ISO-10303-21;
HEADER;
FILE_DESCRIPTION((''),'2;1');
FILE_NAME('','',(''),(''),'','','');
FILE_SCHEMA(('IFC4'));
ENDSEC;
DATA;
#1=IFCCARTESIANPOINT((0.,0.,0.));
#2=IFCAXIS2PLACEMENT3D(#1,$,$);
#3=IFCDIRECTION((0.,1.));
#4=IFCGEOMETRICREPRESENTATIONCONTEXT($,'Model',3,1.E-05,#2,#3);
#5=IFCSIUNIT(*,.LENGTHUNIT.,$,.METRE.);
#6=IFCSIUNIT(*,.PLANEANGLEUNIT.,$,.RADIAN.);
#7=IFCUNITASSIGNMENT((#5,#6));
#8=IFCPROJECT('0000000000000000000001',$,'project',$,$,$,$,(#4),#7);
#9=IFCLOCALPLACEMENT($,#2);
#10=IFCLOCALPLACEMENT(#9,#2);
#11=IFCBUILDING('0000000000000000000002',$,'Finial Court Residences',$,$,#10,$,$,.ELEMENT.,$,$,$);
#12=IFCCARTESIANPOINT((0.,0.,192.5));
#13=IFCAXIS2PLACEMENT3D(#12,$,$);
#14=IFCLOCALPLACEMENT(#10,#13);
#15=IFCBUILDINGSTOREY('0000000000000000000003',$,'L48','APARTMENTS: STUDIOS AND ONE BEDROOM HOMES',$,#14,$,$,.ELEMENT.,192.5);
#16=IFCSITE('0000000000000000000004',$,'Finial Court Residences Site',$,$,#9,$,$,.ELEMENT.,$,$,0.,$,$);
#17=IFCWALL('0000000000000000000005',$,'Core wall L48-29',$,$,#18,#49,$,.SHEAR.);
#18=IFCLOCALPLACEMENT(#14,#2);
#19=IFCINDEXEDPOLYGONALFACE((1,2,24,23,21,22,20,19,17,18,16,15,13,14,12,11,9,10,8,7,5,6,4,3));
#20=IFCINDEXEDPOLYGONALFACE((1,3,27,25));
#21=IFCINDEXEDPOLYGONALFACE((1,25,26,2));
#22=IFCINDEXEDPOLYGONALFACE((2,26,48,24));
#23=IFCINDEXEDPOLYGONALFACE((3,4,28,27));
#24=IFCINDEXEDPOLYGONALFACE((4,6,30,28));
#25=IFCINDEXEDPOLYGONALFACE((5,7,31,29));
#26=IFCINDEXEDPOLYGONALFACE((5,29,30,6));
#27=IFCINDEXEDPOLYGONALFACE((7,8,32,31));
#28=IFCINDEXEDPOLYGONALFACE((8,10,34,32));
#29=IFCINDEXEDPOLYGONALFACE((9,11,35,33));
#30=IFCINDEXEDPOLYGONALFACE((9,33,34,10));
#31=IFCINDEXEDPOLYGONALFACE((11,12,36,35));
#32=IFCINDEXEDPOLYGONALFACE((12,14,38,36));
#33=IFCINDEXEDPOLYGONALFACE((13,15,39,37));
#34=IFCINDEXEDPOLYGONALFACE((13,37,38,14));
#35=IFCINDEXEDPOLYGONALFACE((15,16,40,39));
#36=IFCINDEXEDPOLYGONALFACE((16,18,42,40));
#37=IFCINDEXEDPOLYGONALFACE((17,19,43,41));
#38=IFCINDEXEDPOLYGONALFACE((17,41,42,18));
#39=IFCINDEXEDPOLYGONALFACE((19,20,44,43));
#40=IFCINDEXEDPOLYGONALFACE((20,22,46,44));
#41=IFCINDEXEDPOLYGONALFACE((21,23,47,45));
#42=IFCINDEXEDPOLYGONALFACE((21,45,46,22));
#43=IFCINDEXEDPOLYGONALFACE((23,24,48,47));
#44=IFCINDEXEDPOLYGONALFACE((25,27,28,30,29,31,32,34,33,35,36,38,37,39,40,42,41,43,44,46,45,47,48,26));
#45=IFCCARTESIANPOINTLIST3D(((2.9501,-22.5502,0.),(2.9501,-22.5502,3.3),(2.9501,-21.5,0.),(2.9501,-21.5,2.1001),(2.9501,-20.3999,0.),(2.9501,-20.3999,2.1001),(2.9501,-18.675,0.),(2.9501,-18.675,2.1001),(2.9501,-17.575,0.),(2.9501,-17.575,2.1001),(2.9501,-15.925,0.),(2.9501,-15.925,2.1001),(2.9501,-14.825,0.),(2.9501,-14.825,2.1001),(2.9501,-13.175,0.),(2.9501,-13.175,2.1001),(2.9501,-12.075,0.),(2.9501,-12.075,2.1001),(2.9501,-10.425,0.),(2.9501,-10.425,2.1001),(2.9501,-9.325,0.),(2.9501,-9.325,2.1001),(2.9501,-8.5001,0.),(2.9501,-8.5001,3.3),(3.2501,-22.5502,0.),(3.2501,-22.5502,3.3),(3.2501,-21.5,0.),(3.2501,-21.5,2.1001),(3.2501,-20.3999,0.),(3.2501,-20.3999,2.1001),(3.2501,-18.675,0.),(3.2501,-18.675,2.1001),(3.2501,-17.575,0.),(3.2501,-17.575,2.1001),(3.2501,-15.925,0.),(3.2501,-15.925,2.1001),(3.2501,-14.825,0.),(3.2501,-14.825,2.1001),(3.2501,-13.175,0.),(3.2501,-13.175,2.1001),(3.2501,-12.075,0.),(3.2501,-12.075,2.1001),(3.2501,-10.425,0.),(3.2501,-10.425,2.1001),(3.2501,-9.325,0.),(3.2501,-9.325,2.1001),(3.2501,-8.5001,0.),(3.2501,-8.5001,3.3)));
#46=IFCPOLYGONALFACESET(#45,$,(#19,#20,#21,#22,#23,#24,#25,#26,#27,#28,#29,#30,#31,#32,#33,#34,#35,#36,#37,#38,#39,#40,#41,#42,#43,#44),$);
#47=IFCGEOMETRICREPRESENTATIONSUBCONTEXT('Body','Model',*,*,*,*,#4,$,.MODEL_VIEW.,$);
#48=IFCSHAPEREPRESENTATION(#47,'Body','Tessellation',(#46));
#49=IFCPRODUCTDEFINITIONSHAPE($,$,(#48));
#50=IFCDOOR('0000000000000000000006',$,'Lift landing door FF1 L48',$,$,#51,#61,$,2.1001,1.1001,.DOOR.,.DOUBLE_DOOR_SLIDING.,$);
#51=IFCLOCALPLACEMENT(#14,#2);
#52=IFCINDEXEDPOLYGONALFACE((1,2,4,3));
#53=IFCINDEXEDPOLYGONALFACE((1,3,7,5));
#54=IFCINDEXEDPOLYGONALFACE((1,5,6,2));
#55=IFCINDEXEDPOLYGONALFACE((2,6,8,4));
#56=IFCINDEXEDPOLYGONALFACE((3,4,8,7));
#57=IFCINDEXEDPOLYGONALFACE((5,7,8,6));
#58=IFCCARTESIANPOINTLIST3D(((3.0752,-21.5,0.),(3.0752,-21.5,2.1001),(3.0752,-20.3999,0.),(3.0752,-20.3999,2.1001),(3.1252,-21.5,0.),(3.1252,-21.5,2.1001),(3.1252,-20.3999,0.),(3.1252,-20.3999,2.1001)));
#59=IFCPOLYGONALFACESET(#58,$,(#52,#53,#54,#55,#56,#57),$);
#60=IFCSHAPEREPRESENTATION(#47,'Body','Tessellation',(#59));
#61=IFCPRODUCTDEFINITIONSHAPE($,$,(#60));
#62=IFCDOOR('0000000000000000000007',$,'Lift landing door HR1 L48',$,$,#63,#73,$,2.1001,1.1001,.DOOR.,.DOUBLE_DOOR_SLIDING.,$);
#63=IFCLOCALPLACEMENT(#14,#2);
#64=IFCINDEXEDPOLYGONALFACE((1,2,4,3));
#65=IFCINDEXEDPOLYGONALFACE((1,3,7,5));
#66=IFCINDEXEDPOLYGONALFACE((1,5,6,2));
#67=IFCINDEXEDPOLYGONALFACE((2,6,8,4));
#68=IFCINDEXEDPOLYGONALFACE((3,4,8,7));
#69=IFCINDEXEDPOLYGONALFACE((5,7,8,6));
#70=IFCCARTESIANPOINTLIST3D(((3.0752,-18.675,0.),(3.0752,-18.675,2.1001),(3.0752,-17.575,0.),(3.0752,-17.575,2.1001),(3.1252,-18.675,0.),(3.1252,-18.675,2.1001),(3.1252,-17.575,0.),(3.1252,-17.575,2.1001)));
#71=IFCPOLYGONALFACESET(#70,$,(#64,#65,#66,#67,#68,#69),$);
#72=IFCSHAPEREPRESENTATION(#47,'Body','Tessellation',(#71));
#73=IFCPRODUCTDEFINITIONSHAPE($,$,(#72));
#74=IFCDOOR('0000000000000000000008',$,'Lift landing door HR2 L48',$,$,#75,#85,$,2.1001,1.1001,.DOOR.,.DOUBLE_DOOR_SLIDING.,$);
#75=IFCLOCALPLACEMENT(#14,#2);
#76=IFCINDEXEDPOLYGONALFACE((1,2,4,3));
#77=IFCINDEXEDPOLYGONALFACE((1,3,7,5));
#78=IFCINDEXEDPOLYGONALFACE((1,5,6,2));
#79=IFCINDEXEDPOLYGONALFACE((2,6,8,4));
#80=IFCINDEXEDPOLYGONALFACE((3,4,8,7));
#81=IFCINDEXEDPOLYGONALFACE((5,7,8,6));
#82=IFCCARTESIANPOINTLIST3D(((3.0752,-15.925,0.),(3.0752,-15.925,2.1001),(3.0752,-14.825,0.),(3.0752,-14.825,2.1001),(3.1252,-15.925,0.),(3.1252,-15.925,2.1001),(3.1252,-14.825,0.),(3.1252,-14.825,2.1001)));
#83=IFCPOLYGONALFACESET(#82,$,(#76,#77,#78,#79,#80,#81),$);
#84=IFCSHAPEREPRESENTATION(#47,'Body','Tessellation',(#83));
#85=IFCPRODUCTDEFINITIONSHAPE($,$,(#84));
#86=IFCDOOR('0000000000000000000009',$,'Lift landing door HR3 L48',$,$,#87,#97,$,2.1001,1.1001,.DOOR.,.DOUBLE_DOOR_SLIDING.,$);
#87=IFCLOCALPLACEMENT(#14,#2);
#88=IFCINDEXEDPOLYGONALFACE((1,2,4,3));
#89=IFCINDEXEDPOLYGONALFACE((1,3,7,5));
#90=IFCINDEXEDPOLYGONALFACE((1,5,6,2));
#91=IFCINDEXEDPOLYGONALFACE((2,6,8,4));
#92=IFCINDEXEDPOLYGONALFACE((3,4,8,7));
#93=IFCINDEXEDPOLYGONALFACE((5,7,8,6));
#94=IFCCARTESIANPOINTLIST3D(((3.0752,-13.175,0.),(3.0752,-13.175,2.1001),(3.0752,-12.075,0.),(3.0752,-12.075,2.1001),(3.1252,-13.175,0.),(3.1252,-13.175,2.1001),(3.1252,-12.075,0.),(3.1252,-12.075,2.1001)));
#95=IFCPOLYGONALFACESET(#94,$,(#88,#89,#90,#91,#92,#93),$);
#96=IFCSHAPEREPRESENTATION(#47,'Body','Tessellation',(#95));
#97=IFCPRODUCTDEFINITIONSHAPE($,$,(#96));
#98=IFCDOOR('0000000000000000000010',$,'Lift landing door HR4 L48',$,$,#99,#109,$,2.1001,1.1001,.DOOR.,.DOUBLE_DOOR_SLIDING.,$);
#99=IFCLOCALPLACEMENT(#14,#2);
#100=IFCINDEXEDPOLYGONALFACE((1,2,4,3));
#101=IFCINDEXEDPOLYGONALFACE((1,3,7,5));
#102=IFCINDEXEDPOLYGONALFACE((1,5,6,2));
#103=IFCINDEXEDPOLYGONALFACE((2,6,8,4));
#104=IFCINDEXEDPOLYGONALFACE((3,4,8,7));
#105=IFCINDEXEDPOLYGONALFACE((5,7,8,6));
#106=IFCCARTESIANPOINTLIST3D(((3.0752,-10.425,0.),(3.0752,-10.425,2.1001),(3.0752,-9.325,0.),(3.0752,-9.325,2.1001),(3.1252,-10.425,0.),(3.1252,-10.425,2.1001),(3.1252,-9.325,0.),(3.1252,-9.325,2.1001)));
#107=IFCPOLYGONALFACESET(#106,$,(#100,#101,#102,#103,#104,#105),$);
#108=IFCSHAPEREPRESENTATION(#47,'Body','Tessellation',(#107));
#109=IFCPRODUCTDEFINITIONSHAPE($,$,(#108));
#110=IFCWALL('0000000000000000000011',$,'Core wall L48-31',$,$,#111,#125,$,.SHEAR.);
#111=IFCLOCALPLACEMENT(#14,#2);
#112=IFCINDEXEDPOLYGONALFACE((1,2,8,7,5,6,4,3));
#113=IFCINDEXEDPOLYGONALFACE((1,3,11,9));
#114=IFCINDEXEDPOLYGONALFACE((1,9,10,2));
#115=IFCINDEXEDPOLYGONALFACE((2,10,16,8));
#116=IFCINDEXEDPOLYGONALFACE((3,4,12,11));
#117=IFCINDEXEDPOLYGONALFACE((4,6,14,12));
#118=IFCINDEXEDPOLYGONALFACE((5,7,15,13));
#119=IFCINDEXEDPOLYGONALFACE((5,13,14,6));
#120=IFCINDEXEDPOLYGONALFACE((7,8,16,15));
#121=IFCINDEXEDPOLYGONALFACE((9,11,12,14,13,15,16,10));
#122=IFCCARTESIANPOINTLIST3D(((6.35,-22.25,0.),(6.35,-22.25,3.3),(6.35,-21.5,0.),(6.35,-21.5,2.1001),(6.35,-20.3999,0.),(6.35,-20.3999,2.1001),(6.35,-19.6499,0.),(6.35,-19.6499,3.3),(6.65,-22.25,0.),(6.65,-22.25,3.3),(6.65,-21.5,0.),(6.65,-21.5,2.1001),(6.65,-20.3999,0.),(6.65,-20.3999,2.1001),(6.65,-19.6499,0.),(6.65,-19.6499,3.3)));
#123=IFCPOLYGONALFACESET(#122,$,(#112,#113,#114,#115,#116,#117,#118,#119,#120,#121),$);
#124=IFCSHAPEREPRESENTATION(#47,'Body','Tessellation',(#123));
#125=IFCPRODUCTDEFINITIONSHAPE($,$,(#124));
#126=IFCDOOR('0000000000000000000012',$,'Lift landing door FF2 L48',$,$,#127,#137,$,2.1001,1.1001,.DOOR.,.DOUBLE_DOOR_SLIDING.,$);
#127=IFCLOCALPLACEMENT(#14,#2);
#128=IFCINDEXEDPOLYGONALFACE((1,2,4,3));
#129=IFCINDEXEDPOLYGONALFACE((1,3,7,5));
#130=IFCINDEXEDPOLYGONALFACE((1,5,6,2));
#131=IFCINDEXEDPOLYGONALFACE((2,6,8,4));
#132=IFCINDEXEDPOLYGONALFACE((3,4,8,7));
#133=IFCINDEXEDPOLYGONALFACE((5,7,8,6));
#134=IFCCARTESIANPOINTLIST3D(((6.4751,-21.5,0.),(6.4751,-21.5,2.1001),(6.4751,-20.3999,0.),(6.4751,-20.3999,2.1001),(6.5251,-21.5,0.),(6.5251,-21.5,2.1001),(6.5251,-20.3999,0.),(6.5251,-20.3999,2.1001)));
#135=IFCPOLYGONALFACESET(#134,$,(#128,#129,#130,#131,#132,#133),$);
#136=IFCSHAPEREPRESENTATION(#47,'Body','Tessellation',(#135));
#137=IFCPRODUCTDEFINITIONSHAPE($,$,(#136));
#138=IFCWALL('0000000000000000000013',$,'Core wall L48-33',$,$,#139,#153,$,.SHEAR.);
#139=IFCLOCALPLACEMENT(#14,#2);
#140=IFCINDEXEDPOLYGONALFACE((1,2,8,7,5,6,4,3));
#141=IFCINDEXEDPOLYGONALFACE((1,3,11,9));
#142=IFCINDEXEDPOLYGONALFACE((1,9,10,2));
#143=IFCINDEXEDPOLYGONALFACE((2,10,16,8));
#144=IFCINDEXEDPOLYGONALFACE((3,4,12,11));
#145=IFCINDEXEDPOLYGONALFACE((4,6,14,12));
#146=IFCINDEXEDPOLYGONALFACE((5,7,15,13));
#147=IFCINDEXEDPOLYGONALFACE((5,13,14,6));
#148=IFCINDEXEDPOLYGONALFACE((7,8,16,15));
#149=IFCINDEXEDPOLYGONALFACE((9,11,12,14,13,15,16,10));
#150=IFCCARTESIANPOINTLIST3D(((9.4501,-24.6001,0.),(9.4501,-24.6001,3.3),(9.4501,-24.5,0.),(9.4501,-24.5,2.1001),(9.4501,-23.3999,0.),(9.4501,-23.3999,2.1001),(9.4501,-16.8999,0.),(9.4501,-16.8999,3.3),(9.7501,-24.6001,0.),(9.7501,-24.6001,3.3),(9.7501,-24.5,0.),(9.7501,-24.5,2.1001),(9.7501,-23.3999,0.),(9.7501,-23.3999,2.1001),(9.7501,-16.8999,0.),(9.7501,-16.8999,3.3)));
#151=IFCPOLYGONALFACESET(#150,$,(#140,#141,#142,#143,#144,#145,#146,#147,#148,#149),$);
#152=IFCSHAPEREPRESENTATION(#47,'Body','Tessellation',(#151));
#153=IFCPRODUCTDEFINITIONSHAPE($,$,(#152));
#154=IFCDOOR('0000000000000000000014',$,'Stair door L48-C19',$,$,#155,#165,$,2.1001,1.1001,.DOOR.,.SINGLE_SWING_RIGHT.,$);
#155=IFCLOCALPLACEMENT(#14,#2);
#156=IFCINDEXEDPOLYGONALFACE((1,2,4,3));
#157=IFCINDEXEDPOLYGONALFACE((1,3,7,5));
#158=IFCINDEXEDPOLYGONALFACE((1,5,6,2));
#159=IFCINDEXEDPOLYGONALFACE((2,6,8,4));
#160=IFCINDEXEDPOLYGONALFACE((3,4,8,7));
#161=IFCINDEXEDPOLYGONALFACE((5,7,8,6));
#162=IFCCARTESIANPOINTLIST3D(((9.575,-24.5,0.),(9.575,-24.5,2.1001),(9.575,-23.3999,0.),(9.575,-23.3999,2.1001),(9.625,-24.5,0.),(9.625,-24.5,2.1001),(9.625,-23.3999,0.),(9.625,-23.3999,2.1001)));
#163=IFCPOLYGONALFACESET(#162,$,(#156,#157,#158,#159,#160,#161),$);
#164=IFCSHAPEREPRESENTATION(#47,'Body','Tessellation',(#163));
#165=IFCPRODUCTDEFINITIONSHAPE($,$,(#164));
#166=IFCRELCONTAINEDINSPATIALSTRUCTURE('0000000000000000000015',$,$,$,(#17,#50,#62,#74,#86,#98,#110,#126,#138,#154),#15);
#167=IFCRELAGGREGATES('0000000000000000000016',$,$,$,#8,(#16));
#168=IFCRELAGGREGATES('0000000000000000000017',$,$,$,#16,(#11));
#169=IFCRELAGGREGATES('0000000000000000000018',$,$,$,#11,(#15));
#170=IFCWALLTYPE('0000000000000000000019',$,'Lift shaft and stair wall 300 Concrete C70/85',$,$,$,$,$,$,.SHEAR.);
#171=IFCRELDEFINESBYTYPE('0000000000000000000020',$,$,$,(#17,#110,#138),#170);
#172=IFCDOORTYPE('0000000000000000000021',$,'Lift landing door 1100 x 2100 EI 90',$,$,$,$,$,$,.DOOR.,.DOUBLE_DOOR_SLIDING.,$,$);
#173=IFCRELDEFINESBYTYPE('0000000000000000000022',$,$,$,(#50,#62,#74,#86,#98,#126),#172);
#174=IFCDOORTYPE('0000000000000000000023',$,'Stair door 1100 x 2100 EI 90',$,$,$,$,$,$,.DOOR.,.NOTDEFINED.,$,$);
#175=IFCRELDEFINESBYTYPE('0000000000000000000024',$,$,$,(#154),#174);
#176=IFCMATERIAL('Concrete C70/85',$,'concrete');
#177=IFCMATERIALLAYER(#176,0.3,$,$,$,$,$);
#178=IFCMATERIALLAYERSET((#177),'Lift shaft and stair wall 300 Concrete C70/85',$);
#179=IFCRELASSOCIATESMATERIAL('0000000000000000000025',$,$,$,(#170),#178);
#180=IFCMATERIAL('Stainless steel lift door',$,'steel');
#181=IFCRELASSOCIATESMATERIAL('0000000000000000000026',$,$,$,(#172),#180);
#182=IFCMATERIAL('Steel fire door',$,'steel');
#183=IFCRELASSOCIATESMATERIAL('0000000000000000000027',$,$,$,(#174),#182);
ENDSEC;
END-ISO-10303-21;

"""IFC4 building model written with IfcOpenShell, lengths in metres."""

from ifc_helpers import new_model, si_unit, direction, frame, frame_2d, origin, place, context, subcontext, project, spatial, rectangle, extrude, material, layer, layer_set, type_object, element, fill, save


model = new_model("IFC4")

# Units and contexts
model_context = context("Model", 3, precision=1e-05, world=origin(), true_north=direction((0.0, 1.0)))
body_context = subcontext(model_context, "Body", "Model", "MODEL_VIEW")
ifc_project = project(units=[si_unit("LENGTHUNIT", "METRE"), si_unit("PLANEANGLEUNIT", "RADIAN")], contexts=[model_context])

# Site, building, storey
site_placement = place(None, origin())
site = spatial("IfcSite", under=ifc_project, at=site_placement, Name="Finial Court Residences Site", CompositionType="ELEMENT", RefElevation=0.0)
building_placement = place(site_placement, origin())
building = spatial("IfcBuilding", under=site, at=building_placement, Name="Finial Court Residences", CompositionType="ELEMENT")
storey_placement = place(building_placement, frame((0.0, 0.0, 192.5)))
storey = spatial("IfcBuildingStorey", under=building, at=storey_placement, Name="L48", Description="APARTMENTS: STUDIOS AND ONE BEDROOM HOMES", CompositionType="ELEMENT", Elevation=192.5)

# Shared definitions
ifc_material_1 = material(Name="Steel fire door", Category="steel")

# Shared definitions
ifc_material_2 = material(Name="Concrete C70/85", Category="concrete")
ifc_layer_1 = layer(ifc_material_2, 0.3)
ifc_layer_set_1 = layer_set([ifc_layer_1], Name="Lift shaft and stair wall 300 Concrete C70/85")
wall_type_1 = type_object("IfcWallType", Name="Lift shaft and stair wall 300 Concrete C70/85", PredefinedType="SHEAR", material=ifc_layer_set_1)

# Wall, openings, doors
wall_1_placement = place(storey_placement, frame((3.1001, -22.55, 0.0), z_axis=(0.0, 0.0, 1.0), x_axis=(0.0, 1.0, 0.0)))
wall_1 = element("IfcWall", 1, at=wall_1_placement, inside=storey, type_object=wall_type_1, Name="Core wall L48-29", PredefinedType="SHEAR", context=body_context, shape_type="SweptSolid", body=[
    extrude(rectangle(XDim=14.05, YDim=0.3, at=frame_2d((7.0249, 0.0))), origin(), (0.0, 0.0, 1.0), 3.3),
])
opening_1_placement = place(wall_1_placement, frame((1.05, 0.0, 0.0)))
opening_1 = element("IfcOpeningElement", 2, at=opening_1_placement, cuts=wall_1, PredefinedType="OPENING", context=body_context, shape_type="SweptSolid", body=[
    extrude(rectangle(XDim=1.1001, YDim=2.1001, at=frame_2d((0.55, 1.05))), frame((0.0, 0.1599, 0.0), z_axis=(0.0, -1.0, 0.0), x_axis=(1.0, 0.0, 0.0)), (0.0, 0.0, 1.0), 0.3201),
])
opening_2_placement = place(wall_1_placement, frame((3.875, 0.0, 0.0)))
opening_2 = element("IfcOpeningElement", 3, at=opening_2_placement, cuts=wall_1, PredefinedType="OPENING", context=body_context, shape_type="SweptSolid", body=[
    extrude(rectangle(XDim=1.1001, YDim=2.1001, at=frame_2d((0.55, 1.05))), frame((0.0, 0.1599, 0.0), z_axis=(0.0, -1.0, 0.0), x_axis=(1.0, 0.0, 0.0)), (0.0, 0.0, 1.0), 0.3201),
])
opening_3_placement = place(wall_1_placement, frame((6.625, 0.0, 0.0)))
opening_3 = element("IfcOpeningElement", 4, at=opening_3_placement, cuts=wall_1, PredefinedType="OPENING", context=body_context, shape_type="SweptSolid", body=[
    extrude(rectangle(XDim=1.1001, YDim=2.1001, at=frame_2d((0.55, 1.05))), frame((0.0, 0.1599, 0.0), z_axis=(0.0, -1.0, 0.0), x_axis=(1.0, 0.0, 0.0)), (0.0, 0.0, 1.0), 0.3201),
])
opening_4_placement = place(wall_1_placement, frame((9.375, 0.0, 0.0)))
opening_4 = element("IfcOpeningElement", 5, at=opening_4_placement, cuts=wall_1, PredefinedType="OPENING", context=body_context, shape_type="SweptSolid", body=[
    extrude(rectangle(XDim=1.1001, YDim=2.1001, at=frame_2d((0.55, 1.05))), frame((0.0, 0.1599, 0.0), z_axis=(0.0, -1.0, 0.0), x_axis=(1.0, 0.0, 0.0)), (0.0, 0.0, 1.0), 0.3201),
])
opening_5_placement = place(wall_1_placement, frame((12.125, 0.0, 0.0)))
opening_5 = element("IfcOpeningElement", 6, at=opening_5_placement, cuts=wall_1, PredefinedType="OPENING", context=body_context, shape_type="SweptSolid", body=[
    extrude(rectangle(XDim=1.1001, YDim=2.1001, at=frame_2d((0.55, 1.05))), frame((0.0, 0.1599, 0.0), z_axis=(0.0, -1.0, 0.0), x_axis=(1.0, 0.0, 0.0)), (0.0, 0.0, 1.0), 0.3201),
])
ifc_material_3 = material(Name="Stainless steel lift door", Category="steel")
door_type_1 = type_object("IfcDoorType", Name="Lift landing door 1100 x 2100 EI 90", OperationType="DOUBLE_DOOR_SLIDING", PredefinedType="DOOR", material=ifc_material_3)
door_1_placement = place(opening_1_placement, origin())
door_1 = element("IfcDoor", 7, at=door_1_placement, inside=storey, type_object=door_type_1, Name="Lift landing door FF1 L48", OperationType="DOUBLE_DOOR_SLIDING", OverallHeight=2.1001, OverallWidth=1.1001, PredefinedType="DOOR", context=body_context, shape_type="SweptSolid", body=[
    extrude(rectangle(XDim=1.1001, YDim=2.1001, at=frame_2d((0.55, 1.05))), frame((0.0, 0.0249, 0.0), z_axis=(0.0, -1.0, 0.0), x_axis=(1.0, 0.0, 0.0)), (0.0, 0.0, 1.0), 0.05),
])
fill(opening_1, door_1)
door_2_placement = place(opening_2_placement, origin())
door_2 = element("IfcDoor", 8, at=door_2_placement, inside=storey, type_object=door_type_1, Name="Lift landing door HR1 L48", OperationType="DOUBLE_DOOR_SLIDING", OverallHeight=2.1001, OverallWidth=1.1001, PredefinedType="DOOR", context=body_context, shape_type="SweptSolid", body=[
    extrude(rectangle(XDim=1.1001, YDim=2.1001, at=frame_2d((0.55, 1.05))), frame((0.0, 0.0249, 0.0), z_axis=(0.0, -1.0, 0.0), x_axis=(1.0, 0.0, 0.0)), (0.0, 0.0, 1.0), 0.05),
])
fill(opening_2, door_2)
door_3_placement = place(opening_3_placement, origin())
door_3 = element("IfcDoor", 9, at=door_3_placement, inside=storey, type_object=door_type_1, Name="Lift landing door HR2 L48", OperationType="DOUBLE_DOOR_SLIDING", OverallHeight=2.1001, OverallWidth=1.1001, PredefinedType="DOOR", context=body_context, shape_type="SweptSolid", body=[
    extrude(rectangle(XDim=1.1001, YDim=2.1001, at=frame_2d((0.55, 1.05))), frame((0.0, 0.0249, 0.0), z_axis=(0.0, -1.0, 0.0), x_axis=(1.0, 0.0, 0.0)), (0.0, 0.0, 1.0), 0.05),
])
fill(opening_3, door_3)
door_4_placement = place(opening_4_placement, origin())
door_4 = element("IfcDoor", 10, at=door_4_placement, inside=storey, type_object=door_type_1, Name="Lift landing door HR3 L48", OperationType="DOUBLE_DOOR_SLIDING", OverallHeight=2.1001, OverallWidth=1.1001, PredefinedType="DOOR", context=body_context, shape_type="SweptSolid", body=[
    extrude(rectangle(XDim=1.1001, YDim=2.1001, at=frame_2d((0.55, 1.05))), frame((0.0, 0.0249, 0.0), z_axis=(0.0, -1.0, 0.0), x_axis=(1.0, 0.0, 0.0)), (0.0, 0.0, 1.0), 0.05),
])
fill(opening_4, door_4)
door_5_placement = place(opening_5_placement, origin())
door_5 = element("IfcDoor", 11, at=door_5_placement, inside=storey, type_object=door_type_1, Name="Lift landing door HR4 L48", OperationType="DOUBLE_DOOR_SLIDING", OverallHeight=2.1001, OverallWidth=1.1001, PredefinedType="DOOR", context=body_context, shape_type="SweptSolid", body=[
    extrude(rectangle(XDim=1.1001, YDim=2.1001, at=frame_2d((0.55, 1.05))), frame((0.0, 0.0249, 0.0), z_axis=(0.0, -1.0, 0.0), x_axis=(1.0, 0.0, 0.0)), (0.0, 0.0, 1.0), 0.05),
])
fill(opening_5, door_5)

# Walls, openings, doors
wall_2_placement = place(storey_placement, frame((6.5, -22.25, 0.0), z_axis=(0.0, 0.0, 1.0), x_axis=(0.0, 1.0, 0.0)))
wall_2 = element("IfcWall", 12, at=wall_2_placement, inside=storey, type_object=wall_type_1, Name="Core wall L48-31", PredefinedType="SHEAR", context=body_context, shape_type="SweptSolid", body=[
    extrude(rectangle(XDim=2.6001, YDim=0.3, at=frame_2d((1.3, 0.0))), origin(), (0.0, 0.0, 1.0), 3.3),
])
opening_6_placement = place(wall_2_placement, frame((0.75, 0.0, 0.0)))
opening_6 = element("IfcOpeningElement", 13, at=opening_6_placement, cuts=wall_2, PredefinedType="OPENING", context=body_context, shape_type="SweptSolid", body=[
    extrude(rectangle(XDim=1.1001, YDim=2.1001, at=frame_2d((0.55, 1.05))), frame((0.0, 0.1599, 0.0), z_axis=(0.0, -1.0, 0.0), x_axis=(1.0, 0.0, 0.0)), (0.0, 0.0, 1.0), 0.3201),
])
door_6_placement = place(opening_6_placement, origin())
door_6 = element("IfcDoor", 14, at=door_6_placement, inside=storey, type_object=door_type_1, Name="Lift landing door FF2 L48", OperationType="DOUBLE_DOOR_SLIDING", OverallHeight=2.1001, OverallWidth=1.1001, PredefinedType="DOOR", context=body_context, shape_type="SweptSolid", body=[
    extrude(rectangle(XDim=1.1001, YDim=2.1001, at=frame_2d((0.55, 1.05))), frame((0.0, 0.0249, 0.0), z_axis=(0.0, -1.0, 0.0), x_axis=(1.0, 0.0, 0.0)), (0.0, 0.0, 1.0), 0.05),
])
fill(opening_6, door_6)
wall_3_placement = place(storey_placement, frame((9.6001, -16.8999, 0.0), z_axis=(0.0, 0.0, 1.0), x_axis=(0.0, -1.0, 0.0)))
wall_3 = element("IfcWall", 15, at=wall_3_placement, inside=storey, type_object=wall_type_1, Name="Core wall L48-33", PredefinedType="SHEAR", context=body_context, shape_type="SweptSolid", body=[
    extrude(rectangle(XDim=7.7002, YDim=0.3, at=frame_2d((3.8501, 0.0))), origin(), (0.0, 0.0, 1.0), 3.3),
])
opening_7_placement = place(wall_3_placement, frame((6.5, 0.0, 0.0)))
opening_7 = element("IfcOpeningElement", 16, at=opening_7_placement, cuts=wall_3, PredefinedType="OPENING", context=body_context, shape_type="SweptSolid", body=[
    extrude(rectangle(XDim=1.1001, YDim=2.1001, at=frame_2d((0.55, 1.05))), frame((0.0, 0.1599, 0.0), z_axis=(0.0, -1.0, 0.0), x_axis=(1.0, 0.0, 0.0)), (0.0, 0.0, 1.0), 0.3201),
])
door_type_2 = type_object("IfcDoorType", Name="Stair door 1100 x 2100 EI 90", OperationType="NOTDEFINED", PredefinedType="DOOR", material=ifc_material_1)
door_7_placement = place(opening_7_placement, origin())
door_7 = element("IfcDoor", 17, at=door_7_placement, inside=storey, type_object=door_type_2, Name="Stair door L48-C19", OperationType="SINGLE_SWING_RIGHT", OverallHeight=2.1001, OverallWidth=1.1001, PredefinedType="DOOR", context=body_context, shape_type="SweptSolid", body=[
    extrude(rectangle(XDim=1.1001, YDim=2.1001, at=frame_2d((0.55, 1.05))), frame((0.0, 0.0249, 0.0), z_axis=(0.0, -1.0, 0.0), x_axis=(1.0, 0.0, 0.0)), (0.0, 0.0, 1.0), 0.05),
])
fill(opening_7, door_7)

save(model, "model.ifc")
